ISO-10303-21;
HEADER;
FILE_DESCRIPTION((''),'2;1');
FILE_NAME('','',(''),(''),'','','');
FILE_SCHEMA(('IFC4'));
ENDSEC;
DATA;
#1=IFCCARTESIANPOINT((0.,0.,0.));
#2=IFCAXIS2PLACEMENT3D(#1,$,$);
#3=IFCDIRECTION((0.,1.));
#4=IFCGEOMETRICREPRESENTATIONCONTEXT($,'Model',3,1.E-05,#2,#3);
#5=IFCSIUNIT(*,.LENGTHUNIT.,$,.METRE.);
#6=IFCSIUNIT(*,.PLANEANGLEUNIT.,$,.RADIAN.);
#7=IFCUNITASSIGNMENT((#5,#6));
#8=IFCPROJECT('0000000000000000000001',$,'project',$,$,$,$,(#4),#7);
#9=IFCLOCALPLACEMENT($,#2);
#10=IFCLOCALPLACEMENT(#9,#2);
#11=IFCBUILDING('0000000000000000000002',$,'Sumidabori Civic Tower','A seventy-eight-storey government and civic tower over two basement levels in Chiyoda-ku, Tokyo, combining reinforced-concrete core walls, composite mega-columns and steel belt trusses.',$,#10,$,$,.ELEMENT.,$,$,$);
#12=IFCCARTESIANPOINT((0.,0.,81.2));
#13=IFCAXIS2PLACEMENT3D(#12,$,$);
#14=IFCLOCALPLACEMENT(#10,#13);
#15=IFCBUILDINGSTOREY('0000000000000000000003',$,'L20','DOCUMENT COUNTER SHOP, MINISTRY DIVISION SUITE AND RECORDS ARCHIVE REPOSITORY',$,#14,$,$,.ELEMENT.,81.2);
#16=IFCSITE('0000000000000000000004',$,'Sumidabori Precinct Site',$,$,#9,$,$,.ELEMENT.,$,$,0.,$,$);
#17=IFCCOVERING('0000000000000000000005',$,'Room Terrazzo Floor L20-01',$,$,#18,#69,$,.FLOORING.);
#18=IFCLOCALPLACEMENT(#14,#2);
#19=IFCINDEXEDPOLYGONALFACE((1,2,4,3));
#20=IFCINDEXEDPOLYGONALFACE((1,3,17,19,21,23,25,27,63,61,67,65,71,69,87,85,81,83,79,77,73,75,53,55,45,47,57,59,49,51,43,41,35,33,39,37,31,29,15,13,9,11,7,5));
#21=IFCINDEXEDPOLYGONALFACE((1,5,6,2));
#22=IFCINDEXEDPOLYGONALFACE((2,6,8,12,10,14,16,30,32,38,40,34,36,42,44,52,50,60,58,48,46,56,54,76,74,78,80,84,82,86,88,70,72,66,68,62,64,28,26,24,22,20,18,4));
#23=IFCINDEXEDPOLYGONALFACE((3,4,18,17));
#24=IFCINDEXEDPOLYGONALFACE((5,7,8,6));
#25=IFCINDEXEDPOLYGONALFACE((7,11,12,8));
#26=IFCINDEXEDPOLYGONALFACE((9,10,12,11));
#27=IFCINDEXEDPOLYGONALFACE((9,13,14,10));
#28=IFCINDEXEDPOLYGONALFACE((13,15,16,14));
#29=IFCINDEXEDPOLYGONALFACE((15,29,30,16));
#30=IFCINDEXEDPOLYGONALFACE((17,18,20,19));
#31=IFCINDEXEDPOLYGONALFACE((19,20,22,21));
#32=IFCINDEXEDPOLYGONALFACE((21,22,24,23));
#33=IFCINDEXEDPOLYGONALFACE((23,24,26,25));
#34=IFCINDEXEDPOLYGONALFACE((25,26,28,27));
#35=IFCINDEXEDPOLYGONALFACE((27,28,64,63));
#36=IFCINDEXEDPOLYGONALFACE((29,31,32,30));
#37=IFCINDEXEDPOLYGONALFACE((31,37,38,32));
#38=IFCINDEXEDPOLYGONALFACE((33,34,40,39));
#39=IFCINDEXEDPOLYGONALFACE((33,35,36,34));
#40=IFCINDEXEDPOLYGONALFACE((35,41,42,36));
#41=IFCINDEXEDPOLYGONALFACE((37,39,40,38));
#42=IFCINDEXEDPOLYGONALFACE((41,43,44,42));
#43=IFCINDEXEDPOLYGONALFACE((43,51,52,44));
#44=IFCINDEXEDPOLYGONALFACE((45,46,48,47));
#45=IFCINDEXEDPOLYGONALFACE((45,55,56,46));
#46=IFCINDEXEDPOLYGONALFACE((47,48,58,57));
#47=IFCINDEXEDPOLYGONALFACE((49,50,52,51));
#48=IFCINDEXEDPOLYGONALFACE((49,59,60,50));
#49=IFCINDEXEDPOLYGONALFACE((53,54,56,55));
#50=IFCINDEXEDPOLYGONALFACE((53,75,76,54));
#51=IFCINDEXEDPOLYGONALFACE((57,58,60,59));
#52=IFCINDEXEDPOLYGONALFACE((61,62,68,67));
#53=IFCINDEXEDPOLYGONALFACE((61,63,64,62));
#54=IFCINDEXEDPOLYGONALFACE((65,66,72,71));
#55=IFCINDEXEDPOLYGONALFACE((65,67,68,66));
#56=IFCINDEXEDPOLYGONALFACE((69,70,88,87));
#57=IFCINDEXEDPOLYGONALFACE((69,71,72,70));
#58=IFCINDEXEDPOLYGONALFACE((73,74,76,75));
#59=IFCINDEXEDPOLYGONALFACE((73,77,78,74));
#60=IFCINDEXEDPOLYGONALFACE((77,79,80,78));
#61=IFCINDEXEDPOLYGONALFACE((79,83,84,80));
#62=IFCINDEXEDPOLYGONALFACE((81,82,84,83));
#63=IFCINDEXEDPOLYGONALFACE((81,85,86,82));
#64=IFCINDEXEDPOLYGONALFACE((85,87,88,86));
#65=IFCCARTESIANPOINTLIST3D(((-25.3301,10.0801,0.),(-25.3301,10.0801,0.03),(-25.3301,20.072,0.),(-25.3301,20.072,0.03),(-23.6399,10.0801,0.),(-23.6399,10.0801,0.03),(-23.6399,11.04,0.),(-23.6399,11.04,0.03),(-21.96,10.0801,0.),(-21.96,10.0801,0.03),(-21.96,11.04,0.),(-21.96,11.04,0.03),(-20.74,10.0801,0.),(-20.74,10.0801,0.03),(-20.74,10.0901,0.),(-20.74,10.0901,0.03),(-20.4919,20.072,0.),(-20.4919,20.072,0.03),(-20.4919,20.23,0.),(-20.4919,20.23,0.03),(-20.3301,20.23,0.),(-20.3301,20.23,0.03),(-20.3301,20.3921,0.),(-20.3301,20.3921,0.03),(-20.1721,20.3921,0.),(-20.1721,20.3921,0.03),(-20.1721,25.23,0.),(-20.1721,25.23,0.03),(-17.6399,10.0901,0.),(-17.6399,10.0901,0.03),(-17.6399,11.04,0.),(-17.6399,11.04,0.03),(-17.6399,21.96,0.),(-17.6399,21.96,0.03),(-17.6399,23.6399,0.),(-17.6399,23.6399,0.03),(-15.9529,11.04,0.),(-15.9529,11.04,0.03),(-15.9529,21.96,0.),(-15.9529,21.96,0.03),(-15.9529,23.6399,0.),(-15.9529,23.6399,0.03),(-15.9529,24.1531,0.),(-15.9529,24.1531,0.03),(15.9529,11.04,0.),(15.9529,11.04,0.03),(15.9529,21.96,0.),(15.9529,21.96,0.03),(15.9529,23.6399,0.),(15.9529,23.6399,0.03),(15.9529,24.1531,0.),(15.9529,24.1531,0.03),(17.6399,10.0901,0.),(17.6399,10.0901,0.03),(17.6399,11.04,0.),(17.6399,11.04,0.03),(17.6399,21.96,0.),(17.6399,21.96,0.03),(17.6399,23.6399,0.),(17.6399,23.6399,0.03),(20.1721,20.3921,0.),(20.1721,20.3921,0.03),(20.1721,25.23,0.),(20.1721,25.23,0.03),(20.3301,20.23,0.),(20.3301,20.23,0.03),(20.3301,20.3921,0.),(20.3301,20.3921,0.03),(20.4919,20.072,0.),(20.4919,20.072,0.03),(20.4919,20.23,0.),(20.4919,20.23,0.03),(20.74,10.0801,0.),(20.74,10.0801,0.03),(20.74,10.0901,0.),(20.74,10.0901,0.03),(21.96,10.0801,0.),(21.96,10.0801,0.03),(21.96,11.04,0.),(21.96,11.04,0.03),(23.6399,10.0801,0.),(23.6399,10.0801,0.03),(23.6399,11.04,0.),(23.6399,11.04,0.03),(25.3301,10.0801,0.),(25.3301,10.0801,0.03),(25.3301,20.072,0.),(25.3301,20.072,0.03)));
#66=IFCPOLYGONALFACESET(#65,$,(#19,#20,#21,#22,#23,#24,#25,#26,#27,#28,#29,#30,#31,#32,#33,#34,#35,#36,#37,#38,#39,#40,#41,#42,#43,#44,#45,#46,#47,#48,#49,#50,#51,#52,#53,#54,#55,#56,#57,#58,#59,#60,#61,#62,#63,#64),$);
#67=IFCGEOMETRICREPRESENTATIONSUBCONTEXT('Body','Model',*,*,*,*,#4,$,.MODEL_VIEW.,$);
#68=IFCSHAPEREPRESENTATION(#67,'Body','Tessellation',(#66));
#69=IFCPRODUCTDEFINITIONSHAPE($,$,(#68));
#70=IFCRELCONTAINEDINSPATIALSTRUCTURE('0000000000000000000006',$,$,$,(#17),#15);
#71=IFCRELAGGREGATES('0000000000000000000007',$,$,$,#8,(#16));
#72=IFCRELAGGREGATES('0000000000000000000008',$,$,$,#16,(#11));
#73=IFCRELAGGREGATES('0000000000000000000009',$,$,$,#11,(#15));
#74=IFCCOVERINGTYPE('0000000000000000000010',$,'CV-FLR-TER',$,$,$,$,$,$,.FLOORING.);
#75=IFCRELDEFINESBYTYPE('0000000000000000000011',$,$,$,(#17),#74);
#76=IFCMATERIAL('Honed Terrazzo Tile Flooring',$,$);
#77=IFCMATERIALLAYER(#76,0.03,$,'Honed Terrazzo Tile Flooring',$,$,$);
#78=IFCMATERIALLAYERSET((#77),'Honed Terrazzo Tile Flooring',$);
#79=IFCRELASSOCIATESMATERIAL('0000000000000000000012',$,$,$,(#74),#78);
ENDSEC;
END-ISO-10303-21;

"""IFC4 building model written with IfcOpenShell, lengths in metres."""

from ifc_helpers import new_model, si_unit, direction, frame, origin, place, context, subcontext, project, spatial, polyline, outline, extrude, material, layer, layer_set, type_object, element, save


model = new_model("IFC4")

# Units and contexts
model_context = context("Model", 3, precision=1e-05, world=origin(), true_north=direction((0.0, 1.0)))
body_context = subcontext(model_context, "Body", "Model", "MODEL_VIEW")
ifc_project = project(units=[si_unit("LENGTHUNIT", "METRE"), si_unit("PLANEANGLEUNIT", "RADIAN")], contexts=[model_context])

# Site, building, storey
site_placement = place(None, origin())
site = spatial("IfcSite", under=ifc_project, at=site_placement, Name="Sumidabori Precinct Site", CompositionType="ELEMENT", RefElevation=0.0)
building_placement = place(site_placement, origin())
building = spatial("IfcBuilding", under=site, at=building_placement, Name="Sumidabori Civic Tower", Description="A seventy-eight-storey government and civic tower over two basement levels in Chiyoda-ku, Tokyo, combining reinforced-concrete core walls, composite mega-columns and steel belt trusses.", CompositionType="ELEMENT")
storey_placement = place(building_placement, frame((0.0, 0.0, 81.2)))
storey = spatial("IfcBuildingStorey", under=building, at=storey_placement, Name="L20", Description="DOCUMENT COUNTER SHOP, MINISTRY DIVISION SUITE AND RECORDS ARCHIVE REPOSITORY", CompositionType="ELEMENT", Elevation=81.2)

# Covering
ifc_material_1 = material(Name="Honed Terrazzo Tile Flooring")
ifc_layer_1 = layer(ifc_material_1, 0.03, Name="Honed Terrazzo Tile Flooring")
ifc_layer_set_1 = layer_set([ifc_layer_1], Name="Honed Terrazzo Tile Flooring")
covering_type_1 = type_object("IfcCoveringType", Name="CV-FLR-TER", PredefinedType="FLOORING", material=ifc_layer_set_1)
covering_1_placement = place(storey_placement, origin())
element("IfcCovering", 1, at=covering_1_placement, inside=storey, type_object=covering_type_1, Name="Room Terrazzo Floor L20-01", PredefinedType="FLOORING", context=body_context, shape_type="SweptSolid", body=[
    extrude(outline(polyline([(-25.3301, 10.0801), (-25.3301, 20.072), (-20.4919, 20.072), (-20.4919, 20.23), (-20.3301, 20.23), (-20.3301, 20.3921), (-20.1721, 20.3921), (-20.1721, 25.23), (20.1721, 25.23), (20.1721, 20.3921), (20.3301, 20.3921), (20.3301, 20.23), (20.4919, 20.23), (20.4919, 20.072), (25.3301, 20.072), (25.3301, 10.0801), (23.6399, 10.0801), (23.6399, 11.04), (21.96, 11.04), (21.96, 10.0801), (20.74, 10.0801), (20.74, 10.0901), (17.6399, 10.0901), (17.6399, 11.04), (15.9529, 11.04), (15.9529, 21.96), (17.6399, 21.96), (17.6399, 23.6399), (15.9529, 23.6399), (15.9529, 24.1531), (-15.9529, 24.1531), (-15.9529, 23.6399), (-17.6399, 23.6399), (-17.6399, 21.96), (-15.9529, 21.96), (-15.9529, 11.04), (-17.6399, 11.04), (-17.6399, 10.0901), (-20.74, 10.0901), (-20.74, 10.0801), (-21.96, 10.0801), (-21.96, 11.04), (-23.6399, 11.04), (-23.6399, 10.0801), (-25.3301, 10.0801)])), origin(), (0.0, 0.0, 1.0), 0.03),
])

save(model, "model.ifc")
